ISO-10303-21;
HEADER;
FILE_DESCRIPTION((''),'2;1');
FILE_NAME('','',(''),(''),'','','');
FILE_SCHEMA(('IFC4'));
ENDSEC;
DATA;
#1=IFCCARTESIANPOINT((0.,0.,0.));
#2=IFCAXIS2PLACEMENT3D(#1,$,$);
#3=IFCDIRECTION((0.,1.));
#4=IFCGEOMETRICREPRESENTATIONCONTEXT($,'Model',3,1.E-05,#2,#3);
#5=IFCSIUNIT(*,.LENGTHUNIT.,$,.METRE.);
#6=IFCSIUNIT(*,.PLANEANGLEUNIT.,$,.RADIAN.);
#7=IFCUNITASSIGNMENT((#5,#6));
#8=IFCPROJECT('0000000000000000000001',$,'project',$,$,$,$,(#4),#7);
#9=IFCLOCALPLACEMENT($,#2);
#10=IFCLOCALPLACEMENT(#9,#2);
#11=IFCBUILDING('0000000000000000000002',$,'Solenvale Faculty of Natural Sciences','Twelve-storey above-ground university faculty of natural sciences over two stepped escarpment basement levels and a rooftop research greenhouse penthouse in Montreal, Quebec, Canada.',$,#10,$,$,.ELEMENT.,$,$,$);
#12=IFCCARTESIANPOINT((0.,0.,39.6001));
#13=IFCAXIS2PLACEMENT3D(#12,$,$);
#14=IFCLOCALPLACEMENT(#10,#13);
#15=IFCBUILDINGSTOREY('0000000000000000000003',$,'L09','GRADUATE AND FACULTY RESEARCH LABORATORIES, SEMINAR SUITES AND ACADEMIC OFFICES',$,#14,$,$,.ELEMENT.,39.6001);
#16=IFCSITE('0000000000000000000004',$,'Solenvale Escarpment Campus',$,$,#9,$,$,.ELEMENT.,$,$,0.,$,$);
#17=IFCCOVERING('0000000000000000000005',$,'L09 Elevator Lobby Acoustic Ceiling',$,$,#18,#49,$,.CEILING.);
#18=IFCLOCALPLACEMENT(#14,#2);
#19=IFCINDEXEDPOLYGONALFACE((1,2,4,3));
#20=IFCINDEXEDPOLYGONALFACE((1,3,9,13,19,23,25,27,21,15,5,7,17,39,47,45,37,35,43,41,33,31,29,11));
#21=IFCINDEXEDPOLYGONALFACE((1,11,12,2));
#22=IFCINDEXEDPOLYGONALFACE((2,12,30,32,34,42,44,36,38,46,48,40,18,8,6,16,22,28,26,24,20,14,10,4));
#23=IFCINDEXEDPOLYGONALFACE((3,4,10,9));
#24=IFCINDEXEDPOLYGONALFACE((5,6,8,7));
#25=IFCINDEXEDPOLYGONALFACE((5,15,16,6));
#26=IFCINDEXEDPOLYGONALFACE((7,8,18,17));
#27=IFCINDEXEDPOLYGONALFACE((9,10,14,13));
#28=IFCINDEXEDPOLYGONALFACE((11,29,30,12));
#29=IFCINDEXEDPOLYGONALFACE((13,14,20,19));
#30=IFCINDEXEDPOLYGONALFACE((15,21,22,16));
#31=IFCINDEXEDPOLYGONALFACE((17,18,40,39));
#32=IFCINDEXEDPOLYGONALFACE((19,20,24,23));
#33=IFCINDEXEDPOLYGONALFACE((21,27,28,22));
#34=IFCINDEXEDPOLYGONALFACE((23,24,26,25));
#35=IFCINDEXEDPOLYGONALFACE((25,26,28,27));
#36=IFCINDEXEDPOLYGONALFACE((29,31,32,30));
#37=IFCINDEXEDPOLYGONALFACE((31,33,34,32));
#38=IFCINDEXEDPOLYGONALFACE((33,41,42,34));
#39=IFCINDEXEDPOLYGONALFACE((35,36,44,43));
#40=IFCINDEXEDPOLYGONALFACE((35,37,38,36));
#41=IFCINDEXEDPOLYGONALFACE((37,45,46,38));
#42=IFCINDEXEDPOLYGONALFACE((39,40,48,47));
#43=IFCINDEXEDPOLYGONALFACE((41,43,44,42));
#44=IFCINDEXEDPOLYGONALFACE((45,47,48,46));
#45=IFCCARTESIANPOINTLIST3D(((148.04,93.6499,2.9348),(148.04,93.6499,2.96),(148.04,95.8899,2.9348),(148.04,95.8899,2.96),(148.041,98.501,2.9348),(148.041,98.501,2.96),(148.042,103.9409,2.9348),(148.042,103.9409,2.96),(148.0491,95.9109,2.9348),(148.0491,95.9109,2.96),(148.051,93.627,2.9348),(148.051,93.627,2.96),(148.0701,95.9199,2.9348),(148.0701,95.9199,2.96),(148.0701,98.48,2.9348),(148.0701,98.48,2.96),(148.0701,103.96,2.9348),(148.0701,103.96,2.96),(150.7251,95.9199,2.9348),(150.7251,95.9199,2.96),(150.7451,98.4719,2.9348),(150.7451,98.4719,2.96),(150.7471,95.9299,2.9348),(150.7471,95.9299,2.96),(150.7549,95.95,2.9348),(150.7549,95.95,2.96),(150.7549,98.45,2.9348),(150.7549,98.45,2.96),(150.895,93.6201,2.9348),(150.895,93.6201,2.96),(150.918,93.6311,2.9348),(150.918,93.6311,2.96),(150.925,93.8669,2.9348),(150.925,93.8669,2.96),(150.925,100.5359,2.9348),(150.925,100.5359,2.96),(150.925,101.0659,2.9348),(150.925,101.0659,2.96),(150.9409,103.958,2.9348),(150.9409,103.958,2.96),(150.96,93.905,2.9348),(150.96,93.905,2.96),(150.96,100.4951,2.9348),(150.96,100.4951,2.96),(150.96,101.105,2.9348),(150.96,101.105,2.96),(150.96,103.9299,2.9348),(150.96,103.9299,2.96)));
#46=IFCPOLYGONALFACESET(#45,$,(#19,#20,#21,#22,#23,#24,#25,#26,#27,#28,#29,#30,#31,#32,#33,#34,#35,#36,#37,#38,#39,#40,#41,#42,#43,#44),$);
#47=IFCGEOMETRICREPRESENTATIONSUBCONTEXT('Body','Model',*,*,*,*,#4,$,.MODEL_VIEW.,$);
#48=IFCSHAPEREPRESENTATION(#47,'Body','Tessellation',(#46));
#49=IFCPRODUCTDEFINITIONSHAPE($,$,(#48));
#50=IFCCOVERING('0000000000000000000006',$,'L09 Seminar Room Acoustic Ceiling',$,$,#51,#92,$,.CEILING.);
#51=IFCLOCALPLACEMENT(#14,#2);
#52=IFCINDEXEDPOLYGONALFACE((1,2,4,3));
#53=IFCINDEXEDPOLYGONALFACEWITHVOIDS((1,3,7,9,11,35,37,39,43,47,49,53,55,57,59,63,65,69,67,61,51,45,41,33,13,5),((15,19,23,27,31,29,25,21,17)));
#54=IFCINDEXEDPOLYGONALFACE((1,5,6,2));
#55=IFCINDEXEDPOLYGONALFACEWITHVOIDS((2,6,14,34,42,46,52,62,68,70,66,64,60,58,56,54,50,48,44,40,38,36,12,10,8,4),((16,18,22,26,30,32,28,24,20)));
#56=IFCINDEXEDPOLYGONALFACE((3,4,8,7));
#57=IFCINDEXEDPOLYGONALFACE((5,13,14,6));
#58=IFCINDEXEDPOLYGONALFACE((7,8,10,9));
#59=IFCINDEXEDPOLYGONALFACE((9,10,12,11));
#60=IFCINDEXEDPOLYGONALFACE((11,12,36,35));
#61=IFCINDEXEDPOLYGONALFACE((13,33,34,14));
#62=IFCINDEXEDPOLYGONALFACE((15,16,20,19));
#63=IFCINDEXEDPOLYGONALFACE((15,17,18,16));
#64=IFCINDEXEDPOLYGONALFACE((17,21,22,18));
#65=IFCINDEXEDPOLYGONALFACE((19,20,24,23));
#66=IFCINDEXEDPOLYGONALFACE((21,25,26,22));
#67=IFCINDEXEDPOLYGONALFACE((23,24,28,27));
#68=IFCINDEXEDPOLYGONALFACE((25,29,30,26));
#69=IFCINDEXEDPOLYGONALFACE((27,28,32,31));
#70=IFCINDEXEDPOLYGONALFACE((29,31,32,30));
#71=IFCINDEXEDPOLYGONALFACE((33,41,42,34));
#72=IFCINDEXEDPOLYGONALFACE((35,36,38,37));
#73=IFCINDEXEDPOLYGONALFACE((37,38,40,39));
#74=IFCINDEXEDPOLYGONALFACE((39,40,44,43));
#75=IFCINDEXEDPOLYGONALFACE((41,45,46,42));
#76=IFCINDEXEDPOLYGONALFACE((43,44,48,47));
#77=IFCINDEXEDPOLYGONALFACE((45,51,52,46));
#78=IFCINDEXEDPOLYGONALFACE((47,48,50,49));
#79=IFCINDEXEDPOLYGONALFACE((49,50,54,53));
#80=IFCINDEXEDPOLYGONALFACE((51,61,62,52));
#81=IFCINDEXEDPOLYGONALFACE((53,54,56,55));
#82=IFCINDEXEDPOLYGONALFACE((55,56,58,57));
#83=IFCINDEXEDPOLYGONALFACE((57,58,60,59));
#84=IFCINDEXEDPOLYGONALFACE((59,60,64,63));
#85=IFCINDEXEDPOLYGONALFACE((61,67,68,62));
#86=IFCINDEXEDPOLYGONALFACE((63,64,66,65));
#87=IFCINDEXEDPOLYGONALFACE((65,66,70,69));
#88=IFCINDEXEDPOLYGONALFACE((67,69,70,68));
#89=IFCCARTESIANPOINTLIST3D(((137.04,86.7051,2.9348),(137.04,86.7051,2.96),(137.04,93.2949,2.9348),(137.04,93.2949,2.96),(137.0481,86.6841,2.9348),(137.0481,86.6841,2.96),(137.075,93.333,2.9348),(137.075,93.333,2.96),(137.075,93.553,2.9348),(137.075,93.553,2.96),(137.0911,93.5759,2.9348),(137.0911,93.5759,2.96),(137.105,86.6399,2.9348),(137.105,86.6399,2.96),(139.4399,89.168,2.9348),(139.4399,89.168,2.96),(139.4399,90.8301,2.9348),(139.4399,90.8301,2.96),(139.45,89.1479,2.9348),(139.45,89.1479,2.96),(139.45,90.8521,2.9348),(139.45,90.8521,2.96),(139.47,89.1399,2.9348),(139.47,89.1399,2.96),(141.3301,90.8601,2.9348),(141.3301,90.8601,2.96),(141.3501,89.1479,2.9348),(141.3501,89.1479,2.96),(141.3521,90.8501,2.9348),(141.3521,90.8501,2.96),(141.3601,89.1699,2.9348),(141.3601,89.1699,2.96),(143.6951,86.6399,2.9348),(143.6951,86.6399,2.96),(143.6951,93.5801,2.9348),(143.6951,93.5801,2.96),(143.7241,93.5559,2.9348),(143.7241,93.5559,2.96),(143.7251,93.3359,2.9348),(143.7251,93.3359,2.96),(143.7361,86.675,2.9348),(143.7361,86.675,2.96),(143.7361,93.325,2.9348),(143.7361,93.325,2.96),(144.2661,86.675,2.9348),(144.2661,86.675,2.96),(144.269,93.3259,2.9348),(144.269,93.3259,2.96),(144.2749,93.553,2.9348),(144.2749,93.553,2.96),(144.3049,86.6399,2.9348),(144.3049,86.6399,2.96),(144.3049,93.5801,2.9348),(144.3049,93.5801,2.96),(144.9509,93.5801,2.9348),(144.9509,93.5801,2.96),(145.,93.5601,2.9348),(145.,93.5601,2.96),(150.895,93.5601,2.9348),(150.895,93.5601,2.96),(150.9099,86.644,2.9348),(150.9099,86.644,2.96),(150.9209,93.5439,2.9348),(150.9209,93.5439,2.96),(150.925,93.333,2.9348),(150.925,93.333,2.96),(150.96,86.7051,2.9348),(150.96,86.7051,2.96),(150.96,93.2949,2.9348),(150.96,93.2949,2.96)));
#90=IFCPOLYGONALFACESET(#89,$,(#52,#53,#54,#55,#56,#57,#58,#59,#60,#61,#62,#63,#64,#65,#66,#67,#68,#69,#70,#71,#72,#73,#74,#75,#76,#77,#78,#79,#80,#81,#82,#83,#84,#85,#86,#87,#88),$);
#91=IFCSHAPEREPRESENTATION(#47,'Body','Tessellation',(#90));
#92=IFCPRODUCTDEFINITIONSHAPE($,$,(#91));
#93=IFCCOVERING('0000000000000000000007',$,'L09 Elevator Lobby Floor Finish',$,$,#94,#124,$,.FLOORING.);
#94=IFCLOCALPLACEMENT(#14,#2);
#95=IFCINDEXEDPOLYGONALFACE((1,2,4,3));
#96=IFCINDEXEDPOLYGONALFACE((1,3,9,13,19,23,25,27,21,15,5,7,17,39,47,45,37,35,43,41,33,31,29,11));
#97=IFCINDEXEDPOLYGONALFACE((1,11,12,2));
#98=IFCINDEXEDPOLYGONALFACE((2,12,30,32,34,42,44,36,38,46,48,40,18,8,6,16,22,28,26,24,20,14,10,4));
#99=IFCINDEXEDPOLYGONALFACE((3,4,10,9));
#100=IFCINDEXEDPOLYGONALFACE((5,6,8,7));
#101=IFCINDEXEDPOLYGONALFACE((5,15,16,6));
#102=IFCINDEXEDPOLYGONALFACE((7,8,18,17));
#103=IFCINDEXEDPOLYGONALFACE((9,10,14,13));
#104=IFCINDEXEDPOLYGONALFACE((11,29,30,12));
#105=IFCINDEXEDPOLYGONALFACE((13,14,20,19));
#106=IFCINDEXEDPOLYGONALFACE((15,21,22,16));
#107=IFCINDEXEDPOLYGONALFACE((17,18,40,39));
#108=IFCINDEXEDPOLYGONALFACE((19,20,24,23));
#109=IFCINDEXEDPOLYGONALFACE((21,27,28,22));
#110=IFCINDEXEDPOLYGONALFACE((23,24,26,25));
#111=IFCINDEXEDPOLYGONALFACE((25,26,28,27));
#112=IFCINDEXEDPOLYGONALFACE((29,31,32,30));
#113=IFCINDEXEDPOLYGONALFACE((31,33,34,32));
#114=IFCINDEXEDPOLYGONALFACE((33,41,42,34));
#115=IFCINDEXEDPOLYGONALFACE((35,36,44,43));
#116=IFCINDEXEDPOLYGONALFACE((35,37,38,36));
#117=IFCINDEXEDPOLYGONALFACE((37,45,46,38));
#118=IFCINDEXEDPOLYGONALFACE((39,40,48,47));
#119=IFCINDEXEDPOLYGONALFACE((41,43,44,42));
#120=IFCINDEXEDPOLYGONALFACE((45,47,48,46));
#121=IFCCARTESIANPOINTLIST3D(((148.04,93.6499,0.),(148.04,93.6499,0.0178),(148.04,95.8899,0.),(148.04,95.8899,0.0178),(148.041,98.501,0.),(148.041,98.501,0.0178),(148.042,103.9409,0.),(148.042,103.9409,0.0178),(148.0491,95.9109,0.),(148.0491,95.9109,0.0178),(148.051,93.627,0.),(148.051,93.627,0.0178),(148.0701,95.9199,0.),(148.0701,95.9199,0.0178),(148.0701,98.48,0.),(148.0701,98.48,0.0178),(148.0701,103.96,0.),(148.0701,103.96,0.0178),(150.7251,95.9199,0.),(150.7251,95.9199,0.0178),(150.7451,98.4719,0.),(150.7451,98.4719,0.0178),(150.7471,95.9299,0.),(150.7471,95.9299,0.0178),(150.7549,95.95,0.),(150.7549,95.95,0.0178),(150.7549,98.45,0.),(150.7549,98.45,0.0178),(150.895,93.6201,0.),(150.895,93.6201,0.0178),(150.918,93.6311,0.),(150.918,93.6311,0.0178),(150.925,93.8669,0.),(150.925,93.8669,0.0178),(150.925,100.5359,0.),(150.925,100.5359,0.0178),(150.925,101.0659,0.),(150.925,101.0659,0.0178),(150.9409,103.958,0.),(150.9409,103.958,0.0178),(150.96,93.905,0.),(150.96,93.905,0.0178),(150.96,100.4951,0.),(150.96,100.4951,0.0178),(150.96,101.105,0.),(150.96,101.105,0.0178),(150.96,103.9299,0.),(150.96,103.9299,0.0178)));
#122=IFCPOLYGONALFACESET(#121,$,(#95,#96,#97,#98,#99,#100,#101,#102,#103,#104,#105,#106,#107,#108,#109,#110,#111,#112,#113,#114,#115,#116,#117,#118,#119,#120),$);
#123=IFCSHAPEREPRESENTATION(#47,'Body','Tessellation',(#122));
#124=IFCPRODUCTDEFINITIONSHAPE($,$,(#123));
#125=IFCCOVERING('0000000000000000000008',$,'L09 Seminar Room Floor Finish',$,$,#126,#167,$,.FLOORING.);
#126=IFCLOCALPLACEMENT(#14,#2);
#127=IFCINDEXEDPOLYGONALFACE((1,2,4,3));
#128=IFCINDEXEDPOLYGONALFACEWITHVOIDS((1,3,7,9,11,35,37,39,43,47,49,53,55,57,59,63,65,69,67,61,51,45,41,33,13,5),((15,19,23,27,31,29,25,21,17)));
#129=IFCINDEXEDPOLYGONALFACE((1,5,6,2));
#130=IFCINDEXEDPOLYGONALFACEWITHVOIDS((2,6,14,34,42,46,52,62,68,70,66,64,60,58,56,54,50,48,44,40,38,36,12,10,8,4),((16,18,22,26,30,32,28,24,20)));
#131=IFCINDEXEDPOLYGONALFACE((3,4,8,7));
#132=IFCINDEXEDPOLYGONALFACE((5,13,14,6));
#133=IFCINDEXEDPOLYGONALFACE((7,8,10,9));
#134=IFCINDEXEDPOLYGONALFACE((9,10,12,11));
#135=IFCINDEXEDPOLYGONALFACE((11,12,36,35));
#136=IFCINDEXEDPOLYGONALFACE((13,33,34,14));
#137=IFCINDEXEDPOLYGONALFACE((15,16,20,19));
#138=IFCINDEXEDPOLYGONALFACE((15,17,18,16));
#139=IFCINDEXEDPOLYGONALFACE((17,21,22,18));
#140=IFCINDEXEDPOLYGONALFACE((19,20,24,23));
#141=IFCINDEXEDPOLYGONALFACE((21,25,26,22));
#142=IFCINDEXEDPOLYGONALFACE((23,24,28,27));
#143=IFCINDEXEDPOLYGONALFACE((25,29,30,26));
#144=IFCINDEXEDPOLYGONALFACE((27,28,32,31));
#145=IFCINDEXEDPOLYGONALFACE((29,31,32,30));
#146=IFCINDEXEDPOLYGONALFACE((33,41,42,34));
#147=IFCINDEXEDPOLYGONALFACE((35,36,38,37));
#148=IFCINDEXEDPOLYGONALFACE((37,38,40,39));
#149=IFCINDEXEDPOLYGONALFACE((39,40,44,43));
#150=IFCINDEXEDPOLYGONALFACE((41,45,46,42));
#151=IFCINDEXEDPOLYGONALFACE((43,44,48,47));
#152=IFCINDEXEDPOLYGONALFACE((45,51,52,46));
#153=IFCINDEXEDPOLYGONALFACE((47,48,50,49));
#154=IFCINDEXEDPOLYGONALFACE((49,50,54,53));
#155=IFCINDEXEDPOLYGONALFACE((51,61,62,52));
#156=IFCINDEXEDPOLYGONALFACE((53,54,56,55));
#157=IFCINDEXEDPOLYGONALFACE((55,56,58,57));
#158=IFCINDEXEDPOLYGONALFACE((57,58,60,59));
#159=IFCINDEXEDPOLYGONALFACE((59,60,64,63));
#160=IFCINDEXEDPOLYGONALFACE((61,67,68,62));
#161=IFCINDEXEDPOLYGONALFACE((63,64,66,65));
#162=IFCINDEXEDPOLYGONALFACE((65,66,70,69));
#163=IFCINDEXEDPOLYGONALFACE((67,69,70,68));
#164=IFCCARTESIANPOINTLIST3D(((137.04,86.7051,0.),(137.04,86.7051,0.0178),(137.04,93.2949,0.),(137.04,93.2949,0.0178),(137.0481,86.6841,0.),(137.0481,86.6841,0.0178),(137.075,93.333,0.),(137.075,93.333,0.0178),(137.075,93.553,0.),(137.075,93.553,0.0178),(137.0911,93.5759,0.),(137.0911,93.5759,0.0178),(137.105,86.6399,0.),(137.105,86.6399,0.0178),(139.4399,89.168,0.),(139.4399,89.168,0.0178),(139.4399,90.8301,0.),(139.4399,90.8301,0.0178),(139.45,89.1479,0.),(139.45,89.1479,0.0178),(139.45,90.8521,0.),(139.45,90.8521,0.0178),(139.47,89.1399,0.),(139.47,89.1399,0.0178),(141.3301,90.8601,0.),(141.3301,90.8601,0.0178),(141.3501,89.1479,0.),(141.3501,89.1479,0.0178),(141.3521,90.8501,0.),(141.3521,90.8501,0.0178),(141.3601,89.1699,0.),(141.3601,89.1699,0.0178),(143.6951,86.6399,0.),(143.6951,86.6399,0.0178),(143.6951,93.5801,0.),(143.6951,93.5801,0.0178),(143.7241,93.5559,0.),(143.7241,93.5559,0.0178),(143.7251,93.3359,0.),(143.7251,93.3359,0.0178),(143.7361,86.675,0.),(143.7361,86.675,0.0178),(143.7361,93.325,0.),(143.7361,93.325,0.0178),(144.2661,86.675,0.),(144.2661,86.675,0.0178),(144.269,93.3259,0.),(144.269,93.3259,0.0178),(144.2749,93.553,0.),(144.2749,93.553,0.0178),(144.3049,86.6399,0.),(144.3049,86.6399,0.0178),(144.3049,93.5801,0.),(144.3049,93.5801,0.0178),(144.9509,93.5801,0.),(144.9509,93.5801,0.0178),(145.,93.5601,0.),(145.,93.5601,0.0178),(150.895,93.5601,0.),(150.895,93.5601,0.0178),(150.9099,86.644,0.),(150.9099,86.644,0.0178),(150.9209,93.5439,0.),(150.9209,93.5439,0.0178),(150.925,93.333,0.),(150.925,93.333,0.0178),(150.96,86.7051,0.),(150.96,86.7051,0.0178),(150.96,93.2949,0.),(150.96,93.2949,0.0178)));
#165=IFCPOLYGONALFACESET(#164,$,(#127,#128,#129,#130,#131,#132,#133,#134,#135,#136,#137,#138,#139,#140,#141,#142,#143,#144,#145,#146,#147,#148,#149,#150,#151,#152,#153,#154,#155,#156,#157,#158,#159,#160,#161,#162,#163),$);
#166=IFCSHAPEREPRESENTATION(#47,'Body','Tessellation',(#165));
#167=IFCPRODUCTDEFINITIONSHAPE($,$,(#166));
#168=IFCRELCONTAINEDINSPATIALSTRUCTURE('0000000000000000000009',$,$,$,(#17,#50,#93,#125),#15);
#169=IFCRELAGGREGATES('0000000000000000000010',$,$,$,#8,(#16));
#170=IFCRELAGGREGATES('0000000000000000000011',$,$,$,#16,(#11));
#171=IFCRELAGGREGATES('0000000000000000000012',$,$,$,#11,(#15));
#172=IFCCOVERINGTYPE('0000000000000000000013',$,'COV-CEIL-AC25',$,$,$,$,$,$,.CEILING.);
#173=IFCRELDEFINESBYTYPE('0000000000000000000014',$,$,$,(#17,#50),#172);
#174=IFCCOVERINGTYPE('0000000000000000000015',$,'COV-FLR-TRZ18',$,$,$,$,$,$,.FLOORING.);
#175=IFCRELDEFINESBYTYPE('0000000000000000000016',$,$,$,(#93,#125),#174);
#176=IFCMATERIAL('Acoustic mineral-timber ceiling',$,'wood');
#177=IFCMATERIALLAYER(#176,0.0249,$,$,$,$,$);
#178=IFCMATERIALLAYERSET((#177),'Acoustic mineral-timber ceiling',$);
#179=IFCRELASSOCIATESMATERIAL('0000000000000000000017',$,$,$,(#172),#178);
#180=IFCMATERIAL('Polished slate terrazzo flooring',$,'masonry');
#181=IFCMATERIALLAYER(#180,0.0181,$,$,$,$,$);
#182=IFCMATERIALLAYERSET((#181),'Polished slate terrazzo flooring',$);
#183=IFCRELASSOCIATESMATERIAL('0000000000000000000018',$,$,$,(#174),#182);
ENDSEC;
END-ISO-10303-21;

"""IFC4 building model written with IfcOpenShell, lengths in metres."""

from ifc_helpers import new_model, si_unit, direction, frame, origin, place, context, subcontext, project, spatial, polyline, outline, extrude, material, layer, layer_set, type_object, element, save


model = new_model("IFC4")

# Units and contexts
model_context = context("Model", 3, precision=1e-05, world=origin(), true_north=direction((0.0, 1.0)))
body_context = subcontext(model_context, "Body", "Model", "MODEL_VIEW")
ifc_project = project(units=[si_unit("LENGTHUNIT", "METRE"), si_unit("PLANEANGLEUNIT", "RADIAN")], contexts=[model_context])

# Site, building, storey
site_placement = place(None, origin())
site = spatial("IfcSite", under=ifc_project, at=site_placement, Name="Solenvale Escarpment Campus", CompositionType="ELEMENT", RefElevation=0.0)
building_placement = place(site_placement, origin())
building = spatial("IfcBuilding", under=site, at=building_placement, Name="Solenvale Faculty of Natural Sciences", Description="Twelve-storey above-ground university faculty of natural sciences over two stepped escarpment basement levels and a rooftop research greenhouse penthouse in Montreal, Quebec, Canada.", CompositionType="ELEMENT")
storey_placement = place(building_placement, frame((0.0, 0.0, 39.6001)))
storey = spatial("IfcBuildingStorey", under=building, at=storey_placement, Name="L09", Description="GRADUATE AND FACULTY RESEARCH LABORATORIES, SEMINAR SUITES AND ACADEMIC OFFICES", CompositionType="ELEMENT", Elevation=39.6001)

# Coverings
ifc_material_1 = material(Name="Acoustic mineral-timber ceiling", Category="wood")
ifc_layer_1 = layer(ifc_material_1, 0.0249)
ifc_layer_set_1 = layer_set([ifc_layer_1], Name="Acoustic mineral-timber ceiling")
covering_type_1 = type_object("IfcCoveringType", Name="COV-CEIL-AC25", PredefinedType="CEILING", material=ifc_layer_set_1)
covering_1_placement = place(storey_placement, frame((0.0, 0.0, 2.9348)))
element("IfcCovering", 1, at=covering_1_placement, inside=storey, type_object=covering_type_1, Name="L09 Elevator Lobby Acoustic Ceiling", PredefinedType="CEILING", context=body_context, shape_type="SweptSolid", body=[
    extrude(outline(polyline([(148.04, 95.8899), (148.0491, 95.9109), (148.0701, 95.9199), (150.7251, 95.9199), (150.7471, 95.9299), (150.7549, 95.95), (150.7549, 98.45), (150.7451, 98.4719), (148.0701, 98.48), (148.041, 98.501), (148.042, 103.9409), (148.0701, 103.96), (150.9409, 103.958), (150.96, 103.9299), (150.96, 101.105), (150.925, 101.0659), (150.925, 100.5359), (150.96, 100.4951), (150.96, 93.905), (150.925, 93.8669), (150.918, 93.6311), (150.895, 93.6201), (148.051, 93.627), (148.04, 93.6499), (148.04, 95.8899)])), origin(), (0.0, 0.0, 1.0), 0.0251),
])
covering_2_placement = place(storey_placement, frame((0.0, 0.0, 2.9348)))
element("IfcCovering", 2, at=covering_2_placement, inside=storey, type_object=covering_type_1, Name="L09 Seminar Room Acoustic Ceiling", PredefinedType="CEILING", context=body_context, shape_type="SweptSolid", body=[
    extrude(outline(polyline([(137.105, 86.6399), (137.0481, 86.6841), (137.04, 86.7051), (137.04, 93.2949), (137.075, 93.333), (137.075, 93.553), (137.0911, 93.5759), (143.6951, 93.5801), (143.7241, 93.5559), (143.7251, 93.3359), (143.7361, 93.325), (144.269, 93.3259), (144.2749, 93.553), (144.3049, 93.5801), (144.9509, 93.5801), (145.0, 93.5601), (150.895, 93.5601), (150.9209, 93.5439), (150.925, 93.333), (150.96, 93.2949), (150.96, 86.7051), (150.9099, 86.644), (144.3049, 86.6399), (144.2661, 86.675), (143.7361, 86.675), (143.6951, 86.6399), (137.105, 86.6399)]), holes=[polyline([(139.4399, 89.168), (139.45, 89.1479), (139.47, 89.1399), (141.3501, 89.1479), (141.3601, 89.1699), (141.3521, 90.8501), (141.3301, 90.8601), (139.45, 90.8521), (139.4399, 90.8301), (139.4399, 89.168)])]), origin(), (0.0, 0.0, 1.0), 0.0251),
])
ifc_material_2 = material(Name="Polished slate terrazzo flooring", Category="masonry")
ifc_layer_2 = layer(ifc_material_2, 0.0181)
ifc_layer_set_2 = layer_set([ifc_layer_2], Name="Polished slate terrazzo flooring")
covering_type_2 = type_object("IfcCoveringType", Name="COV-FLR-TRZ18", PredefinedType="FLOORING", material=ifc_layer_set_2)
covering_3_placement = place(storey_placement, origin())
element("IfcCovering", 3, at=covering_3_placement, inside=storey, type_object=covering_type_2, Name="L09 Elevator Lobby Floor Finish", PredefinedType="FLOORING", context=body_context, shape_type="SweptSolid", body=[
    extrude(outline(polyline([(148.04, 95.8899), (148.0491, 95.9109), (148.0701, 95.9199), (150.7251, 95.9199), (150.7471, 95.9299), (150.7549, 95.95), (150.7549, 98.45), (150.7451, 98.4719), (148.0701, 98.48), (148.041, 98.501), (148.042, 103.9409), (148.0701, 103.96), (150.9409, 103.958), (150.96, 103.9299), (150.96, 101.105), (150.925, 101.0659), (150.925, 100.5359), (150.96, 100.4951), (150.96, 93.905), (150.925, 93.8669), (150.918, 93.6311), (150.895, 93.6201), (148.051, 93.627), (148.04, 93.6499), (148.04, 95.8899)])), origin(), (0.0, 0.0, 1.0), 0.0178),
])
covering_4_placement = place(storey_placement, origin())
element("IfcCovering", 4, at=covering_4_placement, inside=storey, type_object=covering_type_2, Name="L09 Seminar Room Floor Finish", PredefinedType="FLOORING", context=body_context, shape_type="SweptSolid", body=[
    extrude(outline(polyline([(137.105, 86.6399), (137.0481, 86.6841), (137.04, 86.7051), (137.04, 93.2949), (137.075, 93.333), (137.075, 93.553), (137.0911, 93.5759), (143.6951, 93.5801), (143.7241, 93.5559), (143.7251, 93.3359), (143.7361, 93.325), (144.269, 93.3259), (144.2749, 93.553), (144.3049, 93.5801), (144.9509, 93.5801), (145.0, 93.5601), (150.895, 93.5601), (150.9209, 93.5439), (150.925, 93.333), (150.96, 93.2949), (150.96, 86.7051), (150.9099, 86.644), (144.3049, 86.6399), (144.2661, 86.675), (143.7361, 86.675), (143.6951, 86.6399), (137.105, 86.6399)]), holes=[polyline([(139.4399, 89.168), (139.45, 89.1479), (139.47, 89.1399), (141.3501, 89.1479), (141.3601, 89.1699), (141.3521, 90.8501), (141.3301, 90.8601), (139.45, 90.8521), (139.4399, 90.8301), (139.4399, 89.168)])]), origin(), (0.0, 0.0, 1.0), 0.0178),
])

save(model, "model.ifc")
